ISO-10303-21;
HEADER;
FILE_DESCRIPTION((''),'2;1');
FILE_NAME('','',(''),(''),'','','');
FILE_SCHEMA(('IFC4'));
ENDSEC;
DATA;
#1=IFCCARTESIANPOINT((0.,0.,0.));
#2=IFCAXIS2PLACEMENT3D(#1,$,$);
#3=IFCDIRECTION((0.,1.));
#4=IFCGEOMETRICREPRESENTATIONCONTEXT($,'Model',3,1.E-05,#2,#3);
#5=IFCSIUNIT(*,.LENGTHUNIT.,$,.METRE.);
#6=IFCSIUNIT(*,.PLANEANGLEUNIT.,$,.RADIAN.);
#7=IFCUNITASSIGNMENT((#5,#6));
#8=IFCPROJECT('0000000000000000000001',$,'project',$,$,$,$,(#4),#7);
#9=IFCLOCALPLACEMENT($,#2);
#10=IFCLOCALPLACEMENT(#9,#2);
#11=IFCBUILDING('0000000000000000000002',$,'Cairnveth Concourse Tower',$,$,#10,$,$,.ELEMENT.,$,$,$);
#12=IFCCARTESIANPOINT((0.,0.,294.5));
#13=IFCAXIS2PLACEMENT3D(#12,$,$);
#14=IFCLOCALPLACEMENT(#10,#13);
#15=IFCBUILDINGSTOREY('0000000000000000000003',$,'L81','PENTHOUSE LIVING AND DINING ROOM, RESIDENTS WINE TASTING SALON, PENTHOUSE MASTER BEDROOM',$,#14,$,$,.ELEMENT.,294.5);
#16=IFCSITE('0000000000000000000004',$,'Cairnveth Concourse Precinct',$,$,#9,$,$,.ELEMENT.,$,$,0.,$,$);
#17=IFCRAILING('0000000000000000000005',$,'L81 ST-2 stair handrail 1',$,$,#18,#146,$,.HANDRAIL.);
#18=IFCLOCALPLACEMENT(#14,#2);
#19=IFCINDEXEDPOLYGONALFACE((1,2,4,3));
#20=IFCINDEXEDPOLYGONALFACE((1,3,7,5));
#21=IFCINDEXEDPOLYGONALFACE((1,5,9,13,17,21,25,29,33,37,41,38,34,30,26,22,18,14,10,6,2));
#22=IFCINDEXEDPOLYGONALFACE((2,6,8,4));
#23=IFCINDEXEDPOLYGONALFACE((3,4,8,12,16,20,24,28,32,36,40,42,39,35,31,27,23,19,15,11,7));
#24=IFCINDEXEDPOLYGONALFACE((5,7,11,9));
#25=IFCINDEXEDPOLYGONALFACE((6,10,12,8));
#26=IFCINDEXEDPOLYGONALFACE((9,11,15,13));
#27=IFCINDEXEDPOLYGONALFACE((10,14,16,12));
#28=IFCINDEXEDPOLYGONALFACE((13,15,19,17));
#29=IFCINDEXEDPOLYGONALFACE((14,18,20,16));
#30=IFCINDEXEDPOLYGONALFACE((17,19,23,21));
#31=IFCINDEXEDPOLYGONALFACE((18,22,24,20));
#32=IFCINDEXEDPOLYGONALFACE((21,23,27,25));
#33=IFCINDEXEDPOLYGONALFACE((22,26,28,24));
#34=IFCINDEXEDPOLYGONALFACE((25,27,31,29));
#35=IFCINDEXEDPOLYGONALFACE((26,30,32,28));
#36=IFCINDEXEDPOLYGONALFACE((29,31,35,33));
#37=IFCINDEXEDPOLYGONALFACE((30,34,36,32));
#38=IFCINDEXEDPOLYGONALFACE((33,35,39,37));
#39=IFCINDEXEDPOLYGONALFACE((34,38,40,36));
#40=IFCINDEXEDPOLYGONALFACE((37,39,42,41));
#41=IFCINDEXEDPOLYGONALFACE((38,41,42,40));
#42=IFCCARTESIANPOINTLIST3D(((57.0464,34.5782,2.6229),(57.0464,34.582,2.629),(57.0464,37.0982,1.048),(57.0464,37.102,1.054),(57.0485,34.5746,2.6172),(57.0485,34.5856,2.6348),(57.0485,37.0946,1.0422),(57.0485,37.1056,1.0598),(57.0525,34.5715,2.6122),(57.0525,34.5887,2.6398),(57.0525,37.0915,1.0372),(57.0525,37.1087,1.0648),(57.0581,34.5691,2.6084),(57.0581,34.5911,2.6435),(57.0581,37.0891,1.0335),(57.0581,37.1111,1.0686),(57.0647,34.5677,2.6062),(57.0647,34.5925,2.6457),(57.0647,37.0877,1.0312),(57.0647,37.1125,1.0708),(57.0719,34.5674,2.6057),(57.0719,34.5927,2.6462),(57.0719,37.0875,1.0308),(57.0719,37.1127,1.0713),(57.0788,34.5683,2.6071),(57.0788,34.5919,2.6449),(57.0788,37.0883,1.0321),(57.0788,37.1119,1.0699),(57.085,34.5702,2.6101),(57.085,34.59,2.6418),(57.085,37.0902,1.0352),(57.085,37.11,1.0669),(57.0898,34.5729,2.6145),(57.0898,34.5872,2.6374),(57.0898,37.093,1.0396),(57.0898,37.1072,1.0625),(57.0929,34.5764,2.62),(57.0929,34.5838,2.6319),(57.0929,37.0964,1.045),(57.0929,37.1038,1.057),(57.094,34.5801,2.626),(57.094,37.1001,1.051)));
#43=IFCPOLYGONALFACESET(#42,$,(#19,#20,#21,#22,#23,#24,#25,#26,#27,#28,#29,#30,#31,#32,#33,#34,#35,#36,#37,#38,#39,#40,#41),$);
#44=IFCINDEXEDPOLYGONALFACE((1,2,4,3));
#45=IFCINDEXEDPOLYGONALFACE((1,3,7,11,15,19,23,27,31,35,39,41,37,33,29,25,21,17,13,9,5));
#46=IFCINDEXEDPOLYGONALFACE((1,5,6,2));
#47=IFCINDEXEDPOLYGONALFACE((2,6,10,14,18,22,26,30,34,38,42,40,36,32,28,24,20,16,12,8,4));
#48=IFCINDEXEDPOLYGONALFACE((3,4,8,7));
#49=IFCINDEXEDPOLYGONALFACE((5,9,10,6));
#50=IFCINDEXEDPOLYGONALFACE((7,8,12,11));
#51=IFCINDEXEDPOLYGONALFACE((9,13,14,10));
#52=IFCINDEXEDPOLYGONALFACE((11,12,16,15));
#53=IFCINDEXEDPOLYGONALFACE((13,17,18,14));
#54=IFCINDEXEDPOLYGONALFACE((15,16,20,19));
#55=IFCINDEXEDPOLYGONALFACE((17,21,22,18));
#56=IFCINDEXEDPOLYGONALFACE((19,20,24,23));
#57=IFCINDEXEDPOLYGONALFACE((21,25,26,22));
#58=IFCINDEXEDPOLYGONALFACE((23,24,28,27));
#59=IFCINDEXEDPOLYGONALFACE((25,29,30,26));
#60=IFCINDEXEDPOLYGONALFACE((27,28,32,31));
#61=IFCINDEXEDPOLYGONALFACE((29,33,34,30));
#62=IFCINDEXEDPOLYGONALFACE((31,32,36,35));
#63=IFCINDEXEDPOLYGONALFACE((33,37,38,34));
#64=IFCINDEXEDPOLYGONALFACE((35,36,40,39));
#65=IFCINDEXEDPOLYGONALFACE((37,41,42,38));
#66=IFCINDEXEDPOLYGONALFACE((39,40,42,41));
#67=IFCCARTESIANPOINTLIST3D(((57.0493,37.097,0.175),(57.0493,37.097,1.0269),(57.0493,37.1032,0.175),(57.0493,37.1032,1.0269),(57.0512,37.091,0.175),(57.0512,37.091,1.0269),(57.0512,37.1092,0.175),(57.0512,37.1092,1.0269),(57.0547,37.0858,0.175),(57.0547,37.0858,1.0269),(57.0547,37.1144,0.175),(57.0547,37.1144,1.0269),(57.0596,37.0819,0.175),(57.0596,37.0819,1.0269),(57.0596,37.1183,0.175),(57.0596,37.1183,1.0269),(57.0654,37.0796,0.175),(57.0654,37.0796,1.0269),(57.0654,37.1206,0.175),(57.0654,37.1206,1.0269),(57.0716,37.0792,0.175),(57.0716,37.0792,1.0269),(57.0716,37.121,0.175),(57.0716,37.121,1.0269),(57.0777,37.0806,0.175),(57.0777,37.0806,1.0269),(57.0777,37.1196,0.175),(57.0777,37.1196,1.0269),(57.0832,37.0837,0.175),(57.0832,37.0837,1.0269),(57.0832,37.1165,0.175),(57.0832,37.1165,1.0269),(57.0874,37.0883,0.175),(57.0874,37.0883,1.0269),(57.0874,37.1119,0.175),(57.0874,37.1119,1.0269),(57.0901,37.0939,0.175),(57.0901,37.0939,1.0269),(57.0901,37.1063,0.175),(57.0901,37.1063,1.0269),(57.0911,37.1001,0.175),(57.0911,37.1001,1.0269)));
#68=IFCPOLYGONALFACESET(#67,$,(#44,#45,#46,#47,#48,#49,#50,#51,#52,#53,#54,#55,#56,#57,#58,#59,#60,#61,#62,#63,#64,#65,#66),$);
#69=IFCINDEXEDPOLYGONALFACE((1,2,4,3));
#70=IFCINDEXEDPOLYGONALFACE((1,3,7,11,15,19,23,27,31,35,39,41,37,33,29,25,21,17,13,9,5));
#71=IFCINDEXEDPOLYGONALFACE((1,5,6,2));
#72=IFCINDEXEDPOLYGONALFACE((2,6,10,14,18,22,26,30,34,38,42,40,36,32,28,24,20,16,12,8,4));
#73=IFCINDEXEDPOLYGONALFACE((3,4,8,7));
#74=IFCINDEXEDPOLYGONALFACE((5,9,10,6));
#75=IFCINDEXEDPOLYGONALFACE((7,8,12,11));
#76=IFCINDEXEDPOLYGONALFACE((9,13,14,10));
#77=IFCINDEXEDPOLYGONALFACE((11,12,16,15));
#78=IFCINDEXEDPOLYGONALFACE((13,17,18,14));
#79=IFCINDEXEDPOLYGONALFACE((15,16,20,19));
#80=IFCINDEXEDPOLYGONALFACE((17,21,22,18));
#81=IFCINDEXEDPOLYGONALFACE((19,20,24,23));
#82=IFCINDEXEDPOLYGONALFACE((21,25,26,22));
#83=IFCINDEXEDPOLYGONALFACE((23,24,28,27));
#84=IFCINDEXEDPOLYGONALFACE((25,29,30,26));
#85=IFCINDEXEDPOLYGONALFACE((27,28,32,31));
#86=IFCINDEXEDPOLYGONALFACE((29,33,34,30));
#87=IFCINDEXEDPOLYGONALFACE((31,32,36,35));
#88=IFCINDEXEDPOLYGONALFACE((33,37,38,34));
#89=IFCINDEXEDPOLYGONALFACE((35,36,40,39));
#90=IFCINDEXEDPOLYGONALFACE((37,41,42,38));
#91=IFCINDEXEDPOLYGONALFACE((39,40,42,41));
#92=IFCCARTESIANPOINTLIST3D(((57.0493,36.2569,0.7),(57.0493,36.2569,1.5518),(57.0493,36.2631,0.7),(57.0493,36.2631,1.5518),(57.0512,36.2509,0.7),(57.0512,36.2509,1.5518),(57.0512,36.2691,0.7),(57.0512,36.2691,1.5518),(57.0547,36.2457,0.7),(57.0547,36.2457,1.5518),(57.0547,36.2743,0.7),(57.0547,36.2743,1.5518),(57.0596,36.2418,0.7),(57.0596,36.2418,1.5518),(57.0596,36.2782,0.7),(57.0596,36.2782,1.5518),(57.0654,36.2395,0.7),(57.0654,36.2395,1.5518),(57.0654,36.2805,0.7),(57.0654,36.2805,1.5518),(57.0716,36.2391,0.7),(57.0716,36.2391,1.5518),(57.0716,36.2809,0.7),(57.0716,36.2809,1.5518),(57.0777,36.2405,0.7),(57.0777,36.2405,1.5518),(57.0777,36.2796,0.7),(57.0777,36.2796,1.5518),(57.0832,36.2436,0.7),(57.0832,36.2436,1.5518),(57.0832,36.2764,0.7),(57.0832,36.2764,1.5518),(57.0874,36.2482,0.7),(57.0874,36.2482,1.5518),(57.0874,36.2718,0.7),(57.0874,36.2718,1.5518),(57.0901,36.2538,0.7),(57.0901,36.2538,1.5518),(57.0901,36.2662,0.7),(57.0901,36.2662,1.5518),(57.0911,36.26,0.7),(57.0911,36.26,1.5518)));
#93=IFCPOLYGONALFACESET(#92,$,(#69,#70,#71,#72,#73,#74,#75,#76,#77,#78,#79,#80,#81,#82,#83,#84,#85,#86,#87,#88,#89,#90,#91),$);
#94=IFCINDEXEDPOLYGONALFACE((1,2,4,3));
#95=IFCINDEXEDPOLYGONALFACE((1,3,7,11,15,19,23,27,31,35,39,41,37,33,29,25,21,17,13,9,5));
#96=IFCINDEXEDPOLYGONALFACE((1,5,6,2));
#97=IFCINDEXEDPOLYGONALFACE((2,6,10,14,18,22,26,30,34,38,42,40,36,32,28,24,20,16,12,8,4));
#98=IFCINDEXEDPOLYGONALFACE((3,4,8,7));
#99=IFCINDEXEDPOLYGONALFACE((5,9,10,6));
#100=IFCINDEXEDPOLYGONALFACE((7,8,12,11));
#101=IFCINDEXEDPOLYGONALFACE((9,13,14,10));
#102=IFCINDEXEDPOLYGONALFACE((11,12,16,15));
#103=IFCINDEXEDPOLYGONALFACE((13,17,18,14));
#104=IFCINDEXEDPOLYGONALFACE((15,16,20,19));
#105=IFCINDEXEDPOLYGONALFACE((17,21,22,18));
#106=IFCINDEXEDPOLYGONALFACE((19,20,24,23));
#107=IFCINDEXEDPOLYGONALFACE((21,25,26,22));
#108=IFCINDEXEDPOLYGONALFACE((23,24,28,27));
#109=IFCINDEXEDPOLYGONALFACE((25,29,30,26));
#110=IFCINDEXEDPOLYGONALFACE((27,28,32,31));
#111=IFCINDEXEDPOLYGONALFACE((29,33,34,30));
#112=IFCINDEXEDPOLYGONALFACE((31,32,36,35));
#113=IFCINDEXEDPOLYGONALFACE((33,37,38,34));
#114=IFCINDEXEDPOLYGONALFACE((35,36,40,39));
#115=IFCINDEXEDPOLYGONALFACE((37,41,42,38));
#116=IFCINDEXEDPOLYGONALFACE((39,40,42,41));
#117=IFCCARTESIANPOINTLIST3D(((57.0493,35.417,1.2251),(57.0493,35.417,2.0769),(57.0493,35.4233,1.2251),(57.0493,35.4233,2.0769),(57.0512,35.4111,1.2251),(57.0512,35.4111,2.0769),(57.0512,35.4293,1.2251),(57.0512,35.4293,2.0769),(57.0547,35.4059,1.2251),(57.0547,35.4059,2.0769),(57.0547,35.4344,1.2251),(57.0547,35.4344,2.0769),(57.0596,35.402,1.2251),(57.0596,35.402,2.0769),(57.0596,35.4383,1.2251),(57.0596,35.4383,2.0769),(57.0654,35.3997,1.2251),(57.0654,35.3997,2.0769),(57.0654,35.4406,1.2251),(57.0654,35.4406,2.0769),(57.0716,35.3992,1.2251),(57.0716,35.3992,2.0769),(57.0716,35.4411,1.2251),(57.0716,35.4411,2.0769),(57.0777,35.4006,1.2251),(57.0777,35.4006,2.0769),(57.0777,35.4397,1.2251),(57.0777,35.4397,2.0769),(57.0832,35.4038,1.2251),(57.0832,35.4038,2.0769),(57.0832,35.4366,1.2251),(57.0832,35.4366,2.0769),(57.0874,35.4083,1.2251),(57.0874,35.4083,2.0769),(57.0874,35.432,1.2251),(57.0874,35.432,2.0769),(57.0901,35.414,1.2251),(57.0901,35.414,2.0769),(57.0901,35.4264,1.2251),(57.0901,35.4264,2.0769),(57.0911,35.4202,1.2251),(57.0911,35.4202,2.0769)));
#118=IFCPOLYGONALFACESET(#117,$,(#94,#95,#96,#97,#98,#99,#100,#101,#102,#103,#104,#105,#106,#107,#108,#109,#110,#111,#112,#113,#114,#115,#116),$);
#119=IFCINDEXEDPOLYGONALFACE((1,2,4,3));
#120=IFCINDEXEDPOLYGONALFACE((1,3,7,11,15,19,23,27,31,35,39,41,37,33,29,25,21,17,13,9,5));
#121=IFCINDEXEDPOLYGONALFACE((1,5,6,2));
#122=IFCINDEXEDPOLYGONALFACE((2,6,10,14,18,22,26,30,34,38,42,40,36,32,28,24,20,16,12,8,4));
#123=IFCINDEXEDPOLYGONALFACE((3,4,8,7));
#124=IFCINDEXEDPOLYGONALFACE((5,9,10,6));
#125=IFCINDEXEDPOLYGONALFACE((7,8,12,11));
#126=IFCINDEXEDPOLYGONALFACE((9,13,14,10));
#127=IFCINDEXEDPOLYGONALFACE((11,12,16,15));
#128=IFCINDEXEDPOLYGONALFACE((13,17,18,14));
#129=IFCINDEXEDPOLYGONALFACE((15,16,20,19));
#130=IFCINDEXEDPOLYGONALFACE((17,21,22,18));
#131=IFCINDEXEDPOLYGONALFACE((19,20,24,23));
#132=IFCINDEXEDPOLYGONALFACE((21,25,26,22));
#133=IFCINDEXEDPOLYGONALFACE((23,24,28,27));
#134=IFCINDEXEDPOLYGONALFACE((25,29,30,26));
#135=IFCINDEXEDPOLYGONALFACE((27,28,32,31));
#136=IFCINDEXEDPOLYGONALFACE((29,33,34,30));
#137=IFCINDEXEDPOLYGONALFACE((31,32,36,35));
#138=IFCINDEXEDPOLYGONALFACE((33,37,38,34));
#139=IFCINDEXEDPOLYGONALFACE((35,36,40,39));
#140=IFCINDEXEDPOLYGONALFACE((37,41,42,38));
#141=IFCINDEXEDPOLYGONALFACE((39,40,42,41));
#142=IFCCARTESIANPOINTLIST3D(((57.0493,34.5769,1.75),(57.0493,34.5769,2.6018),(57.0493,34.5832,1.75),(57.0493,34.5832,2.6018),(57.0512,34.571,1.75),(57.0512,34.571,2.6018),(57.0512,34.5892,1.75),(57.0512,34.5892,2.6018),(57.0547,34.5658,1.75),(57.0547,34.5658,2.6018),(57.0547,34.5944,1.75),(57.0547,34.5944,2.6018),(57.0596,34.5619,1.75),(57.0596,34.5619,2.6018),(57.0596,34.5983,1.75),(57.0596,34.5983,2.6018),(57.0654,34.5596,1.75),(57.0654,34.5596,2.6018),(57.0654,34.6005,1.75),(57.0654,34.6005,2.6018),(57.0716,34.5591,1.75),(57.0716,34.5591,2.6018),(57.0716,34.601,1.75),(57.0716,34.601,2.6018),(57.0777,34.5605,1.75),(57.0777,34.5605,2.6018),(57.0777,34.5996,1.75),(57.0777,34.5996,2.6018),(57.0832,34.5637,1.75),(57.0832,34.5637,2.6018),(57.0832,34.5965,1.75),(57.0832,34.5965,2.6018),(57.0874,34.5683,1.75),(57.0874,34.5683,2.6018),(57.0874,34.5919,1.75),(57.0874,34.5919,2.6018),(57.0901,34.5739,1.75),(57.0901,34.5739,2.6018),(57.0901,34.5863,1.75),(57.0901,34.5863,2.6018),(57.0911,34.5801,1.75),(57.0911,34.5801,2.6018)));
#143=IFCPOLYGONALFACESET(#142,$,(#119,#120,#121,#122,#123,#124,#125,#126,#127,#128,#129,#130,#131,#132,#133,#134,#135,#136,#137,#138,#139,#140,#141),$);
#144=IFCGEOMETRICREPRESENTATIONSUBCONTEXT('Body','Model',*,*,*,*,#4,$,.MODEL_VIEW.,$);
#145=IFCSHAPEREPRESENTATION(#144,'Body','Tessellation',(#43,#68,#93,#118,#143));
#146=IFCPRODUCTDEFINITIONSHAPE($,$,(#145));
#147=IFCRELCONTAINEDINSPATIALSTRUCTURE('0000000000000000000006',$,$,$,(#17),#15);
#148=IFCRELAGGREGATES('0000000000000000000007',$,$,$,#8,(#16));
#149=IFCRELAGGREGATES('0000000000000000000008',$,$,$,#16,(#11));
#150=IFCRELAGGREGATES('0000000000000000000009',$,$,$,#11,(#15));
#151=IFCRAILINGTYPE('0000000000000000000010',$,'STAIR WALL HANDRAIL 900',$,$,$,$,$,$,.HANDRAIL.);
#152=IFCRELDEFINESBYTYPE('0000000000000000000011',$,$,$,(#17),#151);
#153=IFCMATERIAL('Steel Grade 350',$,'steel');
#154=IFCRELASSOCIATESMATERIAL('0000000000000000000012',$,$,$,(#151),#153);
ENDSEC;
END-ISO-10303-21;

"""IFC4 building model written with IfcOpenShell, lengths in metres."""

from ifc_helpers import new_model, si_unit, direction, frame, origin, origin_2d, place, context, subcontext, project, spatial, circle, extrude, material, type_object, element, save


model = new_model("IFC4")

# Units and contexts
model_context = context("Model", 3, precision=1e-05, world=origin(), true_north=direction((0.0, 1.0)))
body_context = subcontext(model_context, "Body", "Model", "MODEL_VIEW")
ifc_project = project(units=[si_unit("LENGTHUNIT", "METRE"), si_unit("PLANEANGLEUNIT", "RADIAN")], contexts=[model_context])

# Site, building, storey
site_placement = place(None, origin())
site = spatial("IfcSite", under=ifc_project, at=site_placement, Name="Cairnveth Concourse Precinct", CompositionType="ELEMENT", RefElevation=0.0)
building_placement = place(site_placement, origin())
building = spatial("IfcBuilding", under=site, at=building_placement, Name="Cairnveth Concourse Tower", CompositionType="ELEMENT")
storey_placement = place(building_placement, frame((0.0, 0.0, 294.5)))
storey = spatial("IfcBuildingStorey", under=building, at=storey_placement, Name="L81", Description="PENTHOUSE LIVING AND DINING ROOM, RESIDENTS WINE TASTING SALON, PENTHOUSE MASTER BEDROOM", CompositionType="ELEMENT", Elevation=294.5)

# Shared definitions
ifc_material_1 = material(Name="Steel Grade 350", Category="steel")

# Railing
railing_type_1 = type_object("IfcRailingType", Name="STAIR WALL HANDRAIL 900", PredefinedType="HANDRAIL", material=ifc_material_1)
railing_1_placement = place(storey_placement, frame((57.0701, 37.1001, 0.175)))
element("IfcRailing", 1, at=railing_1_placement, inside=storey, type_object=railing_type_1, Name="L81 ST-2 stair handrail 1", PredefinedType="HANDRAIL", context=body_context, shape_type="SweptSolid", body=[
    extrude(circle(Radius=0.0239, at=origin_2d()), frame((0.0, 0.0, 0.876), z_axis=(0.0, -0.848008, 0.529984), x_axis=(1.0, 0.0, 0.0)), (0.0, 0.0, 1.0), 2.9717),
    extrude(circle(Radius=0.021, at=origin_2d()), origin(), (0.0, 0.0, 1.0), 0.8518),
    extrude(circle(Radius=0.021, at=origin_2d()), frame((0.0, -0.8401, 0.5249)), (0.0, 0.0, 1.0), 0.8518),
    extrude(circle(Radius=0.021, at=origin_2d()), frame((0.0, -1.6799, 1.05)), (0.0, 0.0, 1.0), 0.8518),
    extrude(circle(Radius=0.021, at=origin_2d()), frame((0.0, -2.52, 1.575)), (0.0, 0.0, 1.0), 0.8518),
])

save(model, "model.ifc")
